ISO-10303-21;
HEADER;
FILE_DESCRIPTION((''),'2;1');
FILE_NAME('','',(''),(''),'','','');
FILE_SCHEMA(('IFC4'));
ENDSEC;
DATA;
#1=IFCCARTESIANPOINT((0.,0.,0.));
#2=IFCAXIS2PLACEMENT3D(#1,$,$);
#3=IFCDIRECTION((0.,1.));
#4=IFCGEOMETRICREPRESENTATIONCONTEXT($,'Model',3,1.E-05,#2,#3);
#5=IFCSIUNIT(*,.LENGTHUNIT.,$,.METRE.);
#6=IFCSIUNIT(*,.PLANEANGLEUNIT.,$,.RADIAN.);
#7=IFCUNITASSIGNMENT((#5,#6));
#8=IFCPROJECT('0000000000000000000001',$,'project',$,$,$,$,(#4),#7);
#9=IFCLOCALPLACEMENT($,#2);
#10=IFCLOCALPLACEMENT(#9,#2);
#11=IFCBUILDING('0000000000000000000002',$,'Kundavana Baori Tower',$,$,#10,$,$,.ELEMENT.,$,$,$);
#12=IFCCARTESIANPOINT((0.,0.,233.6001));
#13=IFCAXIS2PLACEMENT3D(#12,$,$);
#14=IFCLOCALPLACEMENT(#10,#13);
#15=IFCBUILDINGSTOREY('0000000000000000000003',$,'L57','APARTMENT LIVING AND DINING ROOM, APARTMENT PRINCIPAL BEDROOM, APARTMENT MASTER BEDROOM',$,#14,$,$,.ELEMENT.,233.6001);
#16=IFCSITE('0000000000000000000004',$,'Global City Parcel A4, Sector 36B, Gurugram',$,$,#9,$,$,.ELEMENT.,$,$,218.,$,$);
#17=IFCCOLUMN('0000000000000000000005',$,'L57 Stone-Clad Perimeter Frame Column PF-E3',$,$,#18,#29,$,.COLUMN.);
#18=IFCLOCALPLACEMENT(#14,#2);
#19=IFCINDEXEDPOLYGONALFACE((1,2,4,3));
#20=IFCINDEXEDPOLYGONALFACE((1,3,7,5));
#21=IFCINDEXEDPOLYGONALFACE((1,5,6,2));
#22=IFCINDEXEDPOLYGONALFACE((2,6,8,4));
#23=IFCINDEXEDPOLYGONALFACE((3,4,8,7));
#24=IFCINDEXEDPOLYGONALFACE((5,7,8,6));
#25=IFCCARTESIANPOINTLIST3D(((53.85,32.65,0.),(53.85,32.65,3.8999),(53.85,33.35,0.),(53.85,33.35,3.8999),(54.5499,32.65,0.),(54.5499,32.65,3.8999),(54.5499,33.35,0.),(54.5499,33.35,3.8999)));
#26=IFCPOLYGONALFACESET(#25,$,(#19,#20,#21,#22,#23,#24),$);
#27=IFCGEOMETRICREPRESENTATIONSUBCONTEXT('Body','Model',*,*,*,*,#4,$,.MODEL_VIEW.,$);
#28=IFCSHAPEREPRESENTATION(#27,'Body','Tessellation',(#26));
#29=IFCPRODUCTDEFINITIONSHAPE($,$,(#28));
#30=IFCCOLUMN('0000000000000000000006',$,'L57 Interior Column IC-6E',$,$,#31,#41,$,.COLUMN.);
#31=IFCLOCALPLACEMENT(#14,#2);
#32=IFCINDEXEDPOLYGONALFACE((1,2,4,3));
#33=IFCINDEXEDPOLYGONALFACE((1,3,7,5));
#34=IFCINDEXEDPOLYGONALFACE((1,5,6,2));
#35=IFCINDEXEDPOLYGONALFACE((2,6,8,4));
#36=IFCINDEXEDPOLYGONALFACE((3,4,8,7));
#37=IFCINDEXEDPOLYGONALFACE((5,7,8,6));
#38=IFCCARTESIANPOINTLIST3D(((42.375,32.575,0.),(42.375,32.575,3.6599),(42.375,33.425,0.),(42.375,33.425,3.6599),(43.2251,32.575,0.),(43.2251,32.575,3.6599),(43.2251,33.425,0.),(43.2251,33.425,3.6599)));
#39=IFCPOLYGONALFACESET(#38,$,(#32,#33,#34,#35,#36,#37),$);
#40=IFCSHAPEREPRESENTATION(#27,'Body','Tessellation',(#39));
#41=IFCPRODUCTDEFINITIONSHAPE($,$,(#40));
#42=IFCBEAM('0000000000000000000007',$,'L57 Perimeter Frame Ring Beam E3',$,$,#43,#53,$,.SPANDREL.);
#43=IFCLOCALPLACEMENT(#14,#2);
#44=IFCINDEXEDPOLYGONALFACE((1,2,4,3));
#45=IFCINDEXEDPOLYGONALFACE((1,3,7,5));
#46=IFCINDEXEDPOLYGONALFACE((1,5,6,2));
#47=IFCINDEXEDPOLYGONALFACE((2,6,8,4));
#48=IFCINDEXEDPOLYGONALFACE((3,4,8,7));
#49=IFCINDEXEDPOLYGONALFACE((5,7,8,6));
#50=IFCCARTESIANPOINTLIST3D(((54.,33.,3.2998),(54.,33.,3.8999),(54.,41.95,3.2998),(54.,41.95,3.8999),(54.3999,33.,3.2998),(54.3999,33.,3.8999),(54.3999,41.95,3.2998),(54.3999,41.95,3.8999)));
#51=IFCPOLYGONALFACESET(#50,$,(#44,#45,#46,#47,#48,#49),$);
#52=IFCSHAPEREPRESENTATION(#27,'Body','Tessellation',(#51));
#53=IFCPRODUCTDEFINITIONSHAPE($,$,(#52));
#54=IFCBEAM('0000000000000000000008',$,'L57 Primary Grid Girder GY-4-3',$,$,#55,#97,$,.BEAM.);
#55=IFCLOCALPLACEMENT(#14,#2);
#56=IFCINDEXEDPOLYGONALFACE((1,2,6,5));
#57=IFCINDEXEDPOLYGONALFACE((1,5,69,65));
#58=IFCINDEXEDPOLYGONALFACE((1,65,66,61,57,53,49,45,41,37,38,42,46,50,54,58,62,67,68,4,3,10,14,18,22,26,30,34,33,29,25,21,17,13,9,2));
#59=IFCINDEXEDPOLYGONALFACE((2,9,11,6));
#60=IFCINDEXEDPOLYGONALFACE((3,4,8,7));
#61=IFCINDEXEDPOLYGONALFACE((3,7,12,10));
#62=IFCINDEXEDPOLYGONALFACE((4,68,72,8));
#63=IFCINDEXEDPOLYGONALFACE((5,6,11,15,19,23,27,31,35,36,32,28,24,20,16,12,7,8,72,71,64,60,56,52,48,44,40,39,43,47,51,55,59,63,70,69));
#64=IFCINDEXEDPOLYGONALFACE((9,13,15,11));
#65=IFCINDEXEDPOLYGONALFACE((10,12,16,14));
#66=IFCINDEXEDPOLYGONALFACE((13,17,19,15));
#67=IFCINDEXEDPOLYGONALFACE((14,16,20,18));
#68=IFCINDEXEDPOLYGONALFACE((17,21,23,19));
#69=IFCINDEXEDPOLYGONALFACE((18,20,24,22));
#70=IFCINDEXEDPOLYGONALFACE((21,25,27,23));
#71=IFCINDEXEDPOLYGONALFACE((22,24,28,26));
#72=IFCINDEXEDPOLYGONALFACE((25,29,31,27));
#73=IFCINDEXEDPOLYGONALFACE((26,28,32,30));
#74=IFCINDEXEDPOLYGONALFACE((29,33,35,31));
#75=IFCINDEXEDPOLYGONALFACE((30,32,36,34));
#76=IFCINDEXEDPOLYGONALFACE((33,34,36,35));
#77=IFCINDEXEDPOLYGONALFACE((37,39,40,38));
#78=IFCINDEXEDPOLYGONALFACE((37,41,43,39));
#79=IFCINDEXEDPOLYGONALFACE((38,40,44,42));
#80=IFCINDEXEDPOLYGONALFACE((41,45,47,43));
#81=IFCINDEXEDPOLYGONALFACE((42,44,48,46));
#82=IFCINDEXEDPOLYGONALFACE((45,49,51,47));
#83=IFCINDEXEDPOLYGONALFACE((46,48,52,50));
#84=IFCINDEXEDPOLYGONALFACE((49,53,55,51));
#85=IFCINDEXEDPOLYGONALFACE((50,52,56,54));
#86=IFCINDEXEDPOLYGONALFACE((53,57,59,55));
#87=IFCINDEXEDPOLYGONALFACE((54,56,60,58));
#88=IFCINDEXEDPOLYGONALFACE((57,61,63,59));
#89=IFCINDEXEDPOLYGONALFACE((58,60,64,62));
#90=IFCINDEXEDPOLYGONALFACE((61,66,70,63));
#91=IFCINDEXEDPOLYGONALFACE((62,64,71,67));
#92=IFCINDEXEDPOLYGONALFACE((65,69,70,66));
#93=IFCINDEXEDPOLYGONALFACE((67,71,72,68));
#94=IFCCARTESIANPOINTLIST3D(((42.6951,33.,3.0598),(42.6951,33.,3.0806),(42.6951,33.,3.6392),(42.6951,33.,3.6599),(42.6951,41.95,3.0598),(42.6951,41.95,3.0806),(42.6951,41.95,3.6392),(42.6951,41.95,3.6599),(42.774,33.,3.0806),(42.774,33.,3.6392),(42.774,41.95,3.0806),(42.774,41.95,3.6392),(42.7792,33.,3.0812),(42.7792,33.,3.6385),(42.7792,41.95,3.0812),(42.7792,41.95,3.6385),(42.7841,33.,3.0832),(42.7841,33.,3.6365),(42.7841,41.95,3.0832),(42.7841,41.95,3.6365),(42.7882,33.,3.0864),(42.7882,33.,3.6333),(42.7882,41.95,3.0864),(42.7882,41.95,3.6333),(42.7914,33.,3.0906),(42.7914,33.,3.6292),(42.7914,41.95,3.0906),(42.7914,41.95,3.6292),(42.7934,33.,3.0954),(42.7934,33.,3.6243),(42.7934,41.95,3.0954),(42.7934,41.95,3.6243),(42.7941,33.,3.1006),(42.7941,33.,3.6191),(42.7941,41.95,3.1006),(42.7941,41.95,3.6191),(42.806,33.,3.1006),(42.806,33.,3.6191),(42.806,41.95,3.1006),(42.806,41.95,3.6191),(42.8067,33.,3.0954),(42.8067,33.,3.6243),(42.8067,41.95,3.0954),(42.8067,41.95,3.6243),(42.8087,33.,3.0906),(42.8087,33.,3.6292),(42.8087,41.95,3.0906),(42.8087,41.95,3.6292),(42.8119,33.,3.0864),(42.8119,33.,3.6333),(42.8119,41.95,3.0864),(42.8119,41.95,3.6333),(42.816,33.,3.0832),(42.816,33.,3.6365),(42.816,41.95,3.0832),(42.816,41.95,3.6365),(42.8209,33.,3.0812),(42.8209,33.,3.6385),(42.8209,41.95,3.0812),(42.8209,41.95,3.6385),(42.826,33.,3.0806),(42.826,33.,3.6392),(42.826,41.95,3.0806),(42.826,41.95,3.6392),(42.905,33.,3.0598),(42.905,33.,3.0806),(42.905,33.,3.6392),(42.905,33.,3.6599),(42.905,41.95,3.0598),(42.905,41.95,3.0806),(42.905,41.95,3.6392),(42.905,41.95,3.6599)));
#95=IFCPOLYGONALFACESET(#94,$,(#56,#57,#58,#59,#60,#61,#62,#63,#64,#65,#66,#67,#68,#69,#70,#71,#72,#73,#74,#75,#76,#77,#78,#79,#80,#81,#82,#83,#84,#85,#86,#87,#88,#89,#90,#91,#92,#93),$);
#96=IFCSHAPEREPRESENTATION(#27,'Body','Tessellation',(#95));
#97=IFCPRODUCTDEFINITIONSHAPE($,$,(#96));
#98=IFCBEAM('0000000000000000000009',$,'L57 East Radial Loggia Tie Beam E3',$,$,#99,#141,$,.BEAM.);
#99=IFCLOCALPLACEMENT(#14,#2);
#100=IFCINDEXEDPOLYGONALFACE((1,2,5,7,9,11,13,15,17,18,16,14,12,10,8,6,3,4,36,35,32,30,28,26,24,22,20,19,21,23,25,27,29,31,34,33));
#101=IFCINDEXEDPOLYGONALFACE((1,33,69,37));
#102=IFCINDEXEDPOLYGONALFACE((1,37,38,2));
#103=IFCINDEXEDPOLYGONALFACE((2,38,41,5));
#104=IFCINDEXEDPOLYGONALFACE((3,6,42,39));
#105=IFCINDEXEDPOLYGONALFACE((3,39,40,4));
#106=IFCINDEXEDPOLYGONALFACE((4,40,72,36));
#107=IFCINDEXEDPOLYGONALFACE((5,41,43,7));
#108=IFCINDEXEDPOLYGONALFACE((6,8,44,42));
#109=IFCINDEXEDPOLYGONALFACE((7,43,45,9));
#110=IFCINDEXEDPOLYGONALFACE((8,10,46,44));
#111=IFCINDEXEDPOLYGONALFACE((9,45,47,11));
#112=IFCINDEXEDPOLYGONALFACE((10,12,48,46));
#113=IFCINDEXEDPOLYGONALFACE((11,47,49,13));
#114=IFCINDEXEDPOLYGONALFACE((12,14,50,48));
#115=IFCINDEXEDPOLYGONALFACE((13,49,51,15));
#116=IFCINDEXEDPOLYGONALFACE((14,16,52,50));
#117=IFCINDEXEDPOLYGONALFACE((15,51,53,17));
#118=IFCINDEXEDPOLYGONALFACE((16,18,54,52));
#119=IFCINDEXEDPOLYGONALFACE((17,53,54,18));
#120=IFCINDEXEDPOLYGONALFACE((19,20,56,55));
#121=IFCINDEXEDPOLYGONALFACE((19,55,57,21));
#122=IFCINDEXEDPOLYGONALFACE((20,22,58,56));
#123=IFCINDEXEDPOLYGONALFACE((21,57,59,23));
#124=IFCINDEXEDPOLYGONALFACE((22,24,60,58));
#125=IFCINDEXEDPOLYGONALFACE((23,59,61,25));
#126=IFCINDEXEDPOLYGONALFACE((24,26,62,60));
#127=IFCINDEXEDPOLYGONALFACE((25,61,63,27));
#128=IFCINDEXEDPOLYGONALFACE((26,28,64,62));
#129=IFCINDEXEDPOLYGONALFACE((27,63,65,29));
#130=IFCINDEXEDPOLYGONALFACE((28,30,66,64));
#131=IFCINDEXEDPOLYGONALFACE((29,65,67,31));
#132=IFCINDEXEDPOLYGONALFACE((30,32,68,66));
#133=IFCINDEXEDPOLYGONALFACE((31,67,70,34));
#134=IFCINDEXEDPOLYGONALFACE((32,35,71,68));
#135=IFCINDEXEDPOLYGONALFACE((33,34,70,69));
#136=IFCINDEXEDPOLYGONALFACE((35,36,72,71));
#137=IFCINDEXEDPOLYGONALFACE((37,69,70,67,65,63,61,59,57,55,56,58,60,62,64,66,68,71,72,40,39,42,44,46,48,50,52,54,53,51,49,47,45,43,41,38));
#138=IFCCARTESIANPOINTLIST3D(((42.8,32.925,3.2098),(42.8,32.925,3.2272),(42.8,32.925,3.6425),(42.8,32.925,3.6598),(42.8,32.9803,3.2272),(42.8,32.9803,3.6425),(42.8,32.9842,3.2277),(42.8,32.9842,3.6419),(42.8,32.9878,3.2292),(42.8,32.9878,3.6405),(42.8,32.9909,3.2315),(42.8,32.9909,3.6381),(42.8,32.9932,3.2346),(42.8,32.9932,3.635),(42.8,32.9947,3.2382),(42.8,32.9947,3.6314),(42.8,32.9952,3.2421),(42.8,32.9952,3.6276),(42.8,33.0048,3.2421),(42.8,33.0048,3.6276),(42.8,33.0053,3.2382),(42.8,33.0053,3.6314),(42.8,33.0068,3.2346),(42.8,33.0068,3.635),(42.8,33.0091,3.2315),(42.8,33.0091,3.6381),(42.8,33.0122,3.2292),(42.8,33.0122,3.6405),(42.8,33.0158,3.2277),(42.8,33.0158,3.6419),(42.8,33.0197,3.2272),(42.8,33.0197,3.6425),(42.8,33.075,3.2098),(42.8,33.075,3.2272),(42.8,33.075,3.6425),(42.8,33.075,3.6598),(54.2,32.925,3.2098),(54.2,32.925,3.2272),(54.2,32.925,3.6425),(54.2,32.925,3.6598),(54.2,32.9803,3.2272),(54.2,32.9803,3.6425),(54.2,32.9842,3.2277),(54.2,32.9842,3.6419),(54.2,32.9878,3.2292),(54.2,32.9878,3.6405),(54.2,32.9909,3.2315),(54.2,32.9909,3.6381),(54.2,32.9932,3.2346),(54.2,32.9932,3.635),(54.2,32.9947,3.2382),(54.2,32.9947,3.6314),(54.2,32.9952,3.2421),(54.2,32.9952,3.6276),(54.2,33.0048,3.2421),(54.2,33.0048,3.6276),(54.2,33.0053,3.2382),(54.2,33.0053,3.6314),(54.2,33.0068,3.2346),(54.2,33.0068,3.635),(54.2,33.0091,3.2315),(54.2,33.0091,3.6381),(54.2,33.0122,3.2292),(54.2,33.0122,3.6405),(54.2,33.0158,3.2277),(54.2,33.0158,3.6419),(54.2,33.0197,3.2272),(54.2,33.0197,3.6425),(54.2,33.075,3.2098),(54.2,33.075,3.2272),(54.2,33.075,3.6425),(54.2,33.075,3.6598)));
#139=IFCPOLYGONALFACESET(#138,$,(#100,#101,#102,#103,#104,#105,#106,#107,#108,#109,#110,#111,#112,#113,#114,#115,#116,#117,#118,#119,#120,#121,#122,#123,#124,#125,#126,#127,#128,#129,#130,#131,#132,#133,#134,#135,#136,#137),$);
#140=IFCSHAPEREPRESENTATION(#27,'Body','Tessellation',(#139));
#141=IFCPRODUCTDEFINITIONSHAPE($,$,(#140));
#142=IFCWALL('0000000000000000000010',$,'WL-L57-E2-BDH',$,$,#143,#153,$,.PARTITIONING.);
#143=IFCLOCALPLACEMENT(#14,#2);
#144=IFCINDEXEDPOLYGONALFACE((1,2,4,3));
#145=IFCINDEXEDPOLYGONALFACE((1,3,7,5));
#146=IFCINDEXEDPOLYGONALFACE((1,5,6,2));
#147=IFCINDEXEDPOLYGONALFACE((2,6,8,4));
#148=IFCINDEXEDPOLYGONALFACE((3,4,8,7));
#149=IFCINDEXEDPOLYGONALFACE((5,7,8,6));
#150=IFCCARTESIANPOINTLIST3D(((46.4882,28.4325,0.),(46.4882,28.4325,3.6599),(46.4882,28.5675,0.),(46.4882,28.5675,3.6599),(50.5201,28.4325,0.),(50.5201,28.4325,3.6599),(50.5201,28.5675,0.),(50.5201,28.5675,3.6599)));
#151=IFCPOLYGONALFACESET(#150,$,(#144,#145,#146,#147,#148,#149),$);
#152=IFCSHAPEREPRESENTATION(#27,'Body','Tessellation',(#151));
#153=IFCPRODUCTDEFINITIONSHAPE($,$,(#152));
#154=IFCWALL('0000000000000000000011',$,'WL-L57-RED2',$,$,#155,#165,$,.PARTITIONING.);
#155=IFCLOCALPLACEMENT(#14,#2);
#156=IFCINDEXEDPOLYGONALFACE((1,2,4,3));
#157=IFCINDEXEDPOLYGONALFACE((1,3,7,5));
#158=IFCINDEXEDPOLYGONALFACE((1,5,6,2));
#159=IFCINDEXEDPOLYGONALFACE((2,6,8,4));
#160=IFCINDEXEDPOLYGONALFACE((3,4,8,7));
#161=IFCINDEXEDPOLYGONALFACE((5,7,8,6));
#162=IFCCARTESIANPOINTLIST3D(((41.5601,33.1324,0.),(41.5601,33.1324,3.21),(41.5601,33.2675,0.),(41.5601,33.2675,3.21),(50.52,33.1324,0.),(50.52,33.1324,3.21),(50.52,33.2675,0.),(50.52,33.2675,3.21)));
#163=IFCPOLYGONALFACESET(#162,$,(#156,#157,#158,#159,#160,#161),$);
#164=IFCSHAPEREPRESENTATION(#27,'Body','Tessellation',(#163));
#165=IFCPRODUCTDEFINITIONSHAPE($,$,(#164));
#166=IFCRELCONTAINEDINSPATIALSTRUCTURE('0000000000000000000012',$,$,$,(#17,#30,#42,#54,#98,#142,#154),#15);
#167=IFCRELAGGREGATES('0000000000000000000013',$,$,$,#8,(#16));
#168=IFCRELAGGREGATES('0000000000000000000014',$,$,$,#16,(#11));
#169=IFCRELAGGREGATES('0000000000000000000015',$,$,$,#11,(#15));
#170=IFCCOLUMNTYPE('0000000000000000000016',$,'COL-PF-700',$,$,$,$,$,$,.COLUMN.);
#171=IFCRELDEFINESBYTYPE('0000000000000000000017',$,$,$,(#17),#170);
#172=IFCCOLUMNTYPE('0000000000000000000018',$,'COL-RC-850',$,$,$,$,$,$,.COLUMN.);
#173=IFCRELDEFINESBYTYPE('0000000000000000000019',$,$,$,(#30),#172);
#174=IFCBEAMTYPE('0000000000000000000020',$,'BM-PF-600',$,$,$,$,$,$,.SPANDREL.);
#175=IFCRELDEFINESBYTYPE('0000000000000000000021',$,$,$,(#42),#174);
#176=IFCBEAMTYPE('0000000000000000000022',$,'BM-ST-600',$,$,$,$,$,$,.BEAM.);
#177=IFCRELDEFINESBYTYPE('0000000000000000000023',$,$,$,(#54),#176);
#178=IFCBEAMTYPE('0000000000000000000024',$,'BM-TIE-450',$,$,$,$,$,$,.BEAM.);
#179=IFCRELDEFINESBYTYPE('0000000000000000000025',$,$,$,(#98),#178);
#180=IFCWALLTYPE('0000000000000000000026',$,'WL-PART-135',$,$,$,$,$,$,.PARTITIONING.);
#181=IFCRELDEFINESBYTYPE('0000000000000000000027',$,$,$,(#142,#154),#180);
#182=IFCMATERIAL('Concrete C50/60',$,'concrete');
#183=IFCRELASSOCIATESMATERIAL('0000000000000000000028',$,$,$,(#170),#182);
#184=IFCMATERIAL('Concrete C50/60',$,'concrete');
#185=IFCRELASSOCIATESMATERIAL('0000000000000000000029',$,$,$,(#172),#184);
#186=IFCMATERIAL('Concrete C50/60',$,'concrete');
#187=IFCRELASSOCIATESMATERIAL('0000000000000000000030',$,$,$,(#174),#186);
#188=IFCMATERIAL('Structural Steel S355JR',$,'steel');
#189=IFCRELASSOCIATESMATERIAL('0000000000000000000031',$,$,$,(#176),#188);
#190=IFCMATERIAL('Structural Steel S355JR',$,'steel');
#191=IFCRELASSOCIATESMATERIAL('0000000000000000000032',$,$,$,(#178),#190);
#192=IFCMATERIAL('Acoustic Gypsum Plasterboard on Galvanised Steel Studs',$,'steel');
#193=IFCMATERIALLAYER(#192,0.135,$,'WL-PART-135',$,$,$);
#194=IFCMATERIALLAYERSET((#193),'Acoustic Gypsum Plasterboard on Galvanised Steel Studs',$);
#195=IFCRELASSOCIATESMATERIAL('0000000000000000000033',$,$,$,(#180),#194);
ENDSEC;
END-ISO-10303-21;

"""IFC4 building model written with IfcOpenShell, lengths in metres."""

from ifc_helpers import new_model, si_unit, direction, frame, frame_2d, origin, origin_2d, place, context, subcontext, project, spatial, rectangle, i_section, extrude, material, layer, layer_set, material_profile, profile_set, type_object, element, save


model = new_model("IFC4")

# Units and contexts
model_context = context("Model", 3, precision=1e-05, world=origin(), true_north=direction((0.0, 1.0)))
body_context = subcontext(model_context, "Body", "Model", "MODEL_VIEW")
ifc_project = project(units=[si_unit("LENGTHUNIT", "METRE"), si_unit("PLANEANGLEUNIT", "RADIAN")], contexts=[model_context])

# Site, building, storey
site_placement = place(None, origin())
site = spatial("IfcSite", under=ifc_project, at=site_placement, Name="Global City Parcel A4, Sector 36B, Gurugram", CompositionType="ELEMENT", RefElevation=218.0)
building_placement = place(site_placement, origin())
building = spatial("IfcBuilding", under=site, at=building_placement, Name="Kundavana Baori Tower", CompositionType="ELEMENT")
storey_placement = place(building_placement, frame((0.0, 0.0, 233.6001)))
storey = spatial("IfcBuildingStorey", under=building, at=storey_placement, Name="L57", Description="APARTMENT LIVING AND DINING ROOM, APARTMENT PRINCIPAL BEDROOM, APARTMENT MASTER BEDROOM", CompositionType="ELEMENT", Elevation=233.6001)

# Columns
ifc_material_1 = material(Name="Concrete C50/60", Category="concrete")
ifc_material_profile_1 = material_profile(ifc_material_1, rectangle(XDim=0.7, YDim=0.7, at=origin_2d()), Name="RC PF 700x700")
ifc_profile_set_1 = profile_set([ifc_material_profile_1], Name="Concrete C50/60")
column_type_1 = type_object("IfcColumnType", Name="COL-PF-700", PredefinedType="COLUMN", material=ifc_profile_set_1)
column_1_placement = place(storey_placement, frame((54.2, 33.0, 0.0), z_axis=(0.0, 0.0, 1.0), x_axis=(1.0, 0.0, 0.0)))
element("IfcColumn", 1, at=column_1_placement, inside=storey, type_object=column_type_1, Name="L57 Stone-Clad Perimeter Frame Column PF-E3", PredefinedType="COLUMN", context=body_context, shape_type="SweptSolid", body=[
    extrude(rectangle(XDim=0.7, YDim=0.7, at=origin_2d()), origin(), (0.0, 0.0, 1.0), 3.8999),
])
ifc_material_2 = material(Name="Concrete C50/60", Category="concrete")
ifc_material_profile_2 = material_profile(ifc_material_2, rectangle(XDim=0.8501, YDim=0.8501, at=origin_2d()), Name="RC 850x850")
ifc_profile_set_2 = profile_set([ifc_material_profile_2], Name="Concrete C50/60")
column_type_2 = type_object("IfcColumnType", Name="COL-RC-850", PredefinedType="COLUMN", material=ifc_profile_set_2)
column_2_placement = place(storey_placement, frame((42.8, 33.0, 0.0), z_axis=(0.0, 0.0, 1.0), x_axis=(1.0, 0.0, 0.0)))
element("IfcColumn", 2, at=column_2_placement, inside=storey, type_object=column_type_2, Name="L57 Interior Column IC-6E", PredefinedType="COLUMN", context=body_context, shape_type="SweptSolid", body=[
    extrude(rectangle(XDim=0.8501, YDim=0.8501, at=origin_2d()), origin(), (0.0, 0.0, 1.0), 3.6599),
])

# Beams
ifc_material_3 = material(Name="Concrete C50/60", Category="concrete")
ifc_material_profile_3 = material_profile(ifc_material_3, rectangle(XDim=0.3999, YDim=0.6001, at=origin_2d()), Name="RC BM 400x600")
ifc_profile_set_3 = profile_set([ifc_material_profile_3], Name="Concrete C50/60")
beam_type_1 = type_object("IfcBeamType", Name="BM-PF-600", PredefinedType="SPANDREL", material=ifc_profile_set_3)
beam_1_placement = place(storey_placement, frame((54.2, 33.0, 3.5999), z_axis=(0.0, 1.0, 0.0), x_axis=(-1.0, 0.0, 0.0)))
element("IfcBeam", 3, at=beam_1_placement, inside=storey, type_object=beam_type_1, Name="L57 Perimeter Frame Ring Beam E3", PredefinedType="SPANDREL", context=body_context, shape_type="SweptSolid", body=[
    extrude(rectangle(XDim=0.3999, YDim=0.6001, at=origin_2d()), origin(), (0.0, 0.0, 1.0), 8.95),
])
ifc_material_4 = material(Name="Structural Steel S355JR", Category="steel")
ifc_material_profile_4 = material_profile(ifc_material_4, i_section(OverallWidth=0.21, OverallDepth=0.6001, WebThickness=0.012, FlangeThickness=0.0208, FilletRadius=0.02, at=origin_2d()), Name="ISMB 600")
ifc_profile_set_4 = profile_set([ifc_material_profile_4], Name="Structural Steel S355JR")
beam_type_2 = type_object("IfcBeamType", Name="BM-ST-600", PredefinedType="BEAM", material=ifc_profile_set_4)
beam_2_placement = place(storey_placement, frame((42.8, 33.0, 3.3599), z_axis=(0.0, 1.0, 0.0), x_axis=(-1.0, 0.0, 0.0)))
element("IfcBeam", 4, at=beam_2_placement, inside=storey, type_object=beam_type_2, Name="L57 Primary Grid Girder GY-4-3", PredefinedType="BEAM", context=body_context, shape_type="SweptSolid", body=[
    extrude(i_section(OverallWidth=0.21, OverallDepth=0.6001, WebThickness=0.012, FlangeThickness=0.0208, FilletRadius=0.02, at=origin_2d()), origin(), (0.0, 0.0, 1.0), 8.95),
])
ifc_material_5 = material(Name="Structural Steel S355JR", Category="steel")
ifc_material_profile_5 = material_profile(ifc_material_5, i_section(OverallWidth=0.1499, OverallDepth=0.45, WebThickness=0.0095, FlangeThickness=0.0173, FilletRadius=0.0149, at=origin_2d()), Name="ISMB 450")
ifc_profile_set_5 = profile_set([ifc_material_profile_5], Name="Structural Steel S355JR")
beam_type_3 = type_object("IfcBeamType", Name="BM-TIE-450", PredefinedType="BEAM", material=ifc_profile_set_5)
beam_3_placement = place(storey_placement, frame((42.8, 33.0, 3.4348), z_axis=(1.0, 0.0, 0.0), x_axis=(0.0, 1.0, 0.0)))
element("IfcBeam", 5, at=beam_3_placement, inside=storey, type_object=beam_type_3, Name="L57 East Radial Loggia Tie Beam E3", PredefinedType="BEAM", context=body_context, shape_type="SweptSolid", body=[
    extrude(i_section(OverallWidth=0.1499, OverallDepth=0.45, WebThickness=0.0095, FlangeThickness=0.0173, FilletRadius=0.0149, at=origin_2d()), origin(), (0.0, 0.0, 1.0), 11.3999),
])

# Walls
ifc_material_6 = material(Name="Acoustic Gypsum Plasterboard on Galvanised Steel Studs", Category="steel")
ifc_layer_1 = layer(ifc_material_6, 0.135, Name="WL-PART-135")
ifc_layer_set_1 = layer_set([ifc_layer_1], Name="Acoustic Gypsum Plasterboard on Galvanised Steel Studs")
wall_type_1 = type_object("IfcWallType", Name="WL-PART-135", PredefinedType="PARTITIONING", material=ifc_layer_set_1)
wall_1_placement = place(storey_placement, frame((46.488, 28.5, 0.0), z_axis=(0.0, 0.0, 1.0), x_axis=(1.0, 0.0, 0.0)))
element("IfcWall", 6, at=wall_1_placement, inside=storey, type_object=wall_type_1, Name="WL-L57-E2-BDH", PredefinedType="PARTITIONING", context=body_context, shape_type="SweptSolid", body=[
    extrude(rectangle(XDim=4.032, YDim=0.135, at=frame_2d((2.0161, 0.0))), origin(), (0.0, 0.0, 1.0), 3.6599),
])
wall_2_placement = place(storey_placement, frame((41.5601, 33.2, 0.0), z_axis=(0.0, 0.0, 1.0), x_axis=(1.0, 0.0, 0.0)))
element("IfcWall", 7, at=wall_2_placement, inside=storey, type_object=wall_type_1, Name="WL-L57-RED2", PredefinedType="PARTITIONING", context=body_context, shape_type="SweptSolid", body=[
    extrude(rectangle(XDim=8.96, YDim=0.135, at=frame_2d((4.48, 0.0))), origin(), (0.0, 0.0, 1.0), 3.21),
])

save(model, "model.ifc")
